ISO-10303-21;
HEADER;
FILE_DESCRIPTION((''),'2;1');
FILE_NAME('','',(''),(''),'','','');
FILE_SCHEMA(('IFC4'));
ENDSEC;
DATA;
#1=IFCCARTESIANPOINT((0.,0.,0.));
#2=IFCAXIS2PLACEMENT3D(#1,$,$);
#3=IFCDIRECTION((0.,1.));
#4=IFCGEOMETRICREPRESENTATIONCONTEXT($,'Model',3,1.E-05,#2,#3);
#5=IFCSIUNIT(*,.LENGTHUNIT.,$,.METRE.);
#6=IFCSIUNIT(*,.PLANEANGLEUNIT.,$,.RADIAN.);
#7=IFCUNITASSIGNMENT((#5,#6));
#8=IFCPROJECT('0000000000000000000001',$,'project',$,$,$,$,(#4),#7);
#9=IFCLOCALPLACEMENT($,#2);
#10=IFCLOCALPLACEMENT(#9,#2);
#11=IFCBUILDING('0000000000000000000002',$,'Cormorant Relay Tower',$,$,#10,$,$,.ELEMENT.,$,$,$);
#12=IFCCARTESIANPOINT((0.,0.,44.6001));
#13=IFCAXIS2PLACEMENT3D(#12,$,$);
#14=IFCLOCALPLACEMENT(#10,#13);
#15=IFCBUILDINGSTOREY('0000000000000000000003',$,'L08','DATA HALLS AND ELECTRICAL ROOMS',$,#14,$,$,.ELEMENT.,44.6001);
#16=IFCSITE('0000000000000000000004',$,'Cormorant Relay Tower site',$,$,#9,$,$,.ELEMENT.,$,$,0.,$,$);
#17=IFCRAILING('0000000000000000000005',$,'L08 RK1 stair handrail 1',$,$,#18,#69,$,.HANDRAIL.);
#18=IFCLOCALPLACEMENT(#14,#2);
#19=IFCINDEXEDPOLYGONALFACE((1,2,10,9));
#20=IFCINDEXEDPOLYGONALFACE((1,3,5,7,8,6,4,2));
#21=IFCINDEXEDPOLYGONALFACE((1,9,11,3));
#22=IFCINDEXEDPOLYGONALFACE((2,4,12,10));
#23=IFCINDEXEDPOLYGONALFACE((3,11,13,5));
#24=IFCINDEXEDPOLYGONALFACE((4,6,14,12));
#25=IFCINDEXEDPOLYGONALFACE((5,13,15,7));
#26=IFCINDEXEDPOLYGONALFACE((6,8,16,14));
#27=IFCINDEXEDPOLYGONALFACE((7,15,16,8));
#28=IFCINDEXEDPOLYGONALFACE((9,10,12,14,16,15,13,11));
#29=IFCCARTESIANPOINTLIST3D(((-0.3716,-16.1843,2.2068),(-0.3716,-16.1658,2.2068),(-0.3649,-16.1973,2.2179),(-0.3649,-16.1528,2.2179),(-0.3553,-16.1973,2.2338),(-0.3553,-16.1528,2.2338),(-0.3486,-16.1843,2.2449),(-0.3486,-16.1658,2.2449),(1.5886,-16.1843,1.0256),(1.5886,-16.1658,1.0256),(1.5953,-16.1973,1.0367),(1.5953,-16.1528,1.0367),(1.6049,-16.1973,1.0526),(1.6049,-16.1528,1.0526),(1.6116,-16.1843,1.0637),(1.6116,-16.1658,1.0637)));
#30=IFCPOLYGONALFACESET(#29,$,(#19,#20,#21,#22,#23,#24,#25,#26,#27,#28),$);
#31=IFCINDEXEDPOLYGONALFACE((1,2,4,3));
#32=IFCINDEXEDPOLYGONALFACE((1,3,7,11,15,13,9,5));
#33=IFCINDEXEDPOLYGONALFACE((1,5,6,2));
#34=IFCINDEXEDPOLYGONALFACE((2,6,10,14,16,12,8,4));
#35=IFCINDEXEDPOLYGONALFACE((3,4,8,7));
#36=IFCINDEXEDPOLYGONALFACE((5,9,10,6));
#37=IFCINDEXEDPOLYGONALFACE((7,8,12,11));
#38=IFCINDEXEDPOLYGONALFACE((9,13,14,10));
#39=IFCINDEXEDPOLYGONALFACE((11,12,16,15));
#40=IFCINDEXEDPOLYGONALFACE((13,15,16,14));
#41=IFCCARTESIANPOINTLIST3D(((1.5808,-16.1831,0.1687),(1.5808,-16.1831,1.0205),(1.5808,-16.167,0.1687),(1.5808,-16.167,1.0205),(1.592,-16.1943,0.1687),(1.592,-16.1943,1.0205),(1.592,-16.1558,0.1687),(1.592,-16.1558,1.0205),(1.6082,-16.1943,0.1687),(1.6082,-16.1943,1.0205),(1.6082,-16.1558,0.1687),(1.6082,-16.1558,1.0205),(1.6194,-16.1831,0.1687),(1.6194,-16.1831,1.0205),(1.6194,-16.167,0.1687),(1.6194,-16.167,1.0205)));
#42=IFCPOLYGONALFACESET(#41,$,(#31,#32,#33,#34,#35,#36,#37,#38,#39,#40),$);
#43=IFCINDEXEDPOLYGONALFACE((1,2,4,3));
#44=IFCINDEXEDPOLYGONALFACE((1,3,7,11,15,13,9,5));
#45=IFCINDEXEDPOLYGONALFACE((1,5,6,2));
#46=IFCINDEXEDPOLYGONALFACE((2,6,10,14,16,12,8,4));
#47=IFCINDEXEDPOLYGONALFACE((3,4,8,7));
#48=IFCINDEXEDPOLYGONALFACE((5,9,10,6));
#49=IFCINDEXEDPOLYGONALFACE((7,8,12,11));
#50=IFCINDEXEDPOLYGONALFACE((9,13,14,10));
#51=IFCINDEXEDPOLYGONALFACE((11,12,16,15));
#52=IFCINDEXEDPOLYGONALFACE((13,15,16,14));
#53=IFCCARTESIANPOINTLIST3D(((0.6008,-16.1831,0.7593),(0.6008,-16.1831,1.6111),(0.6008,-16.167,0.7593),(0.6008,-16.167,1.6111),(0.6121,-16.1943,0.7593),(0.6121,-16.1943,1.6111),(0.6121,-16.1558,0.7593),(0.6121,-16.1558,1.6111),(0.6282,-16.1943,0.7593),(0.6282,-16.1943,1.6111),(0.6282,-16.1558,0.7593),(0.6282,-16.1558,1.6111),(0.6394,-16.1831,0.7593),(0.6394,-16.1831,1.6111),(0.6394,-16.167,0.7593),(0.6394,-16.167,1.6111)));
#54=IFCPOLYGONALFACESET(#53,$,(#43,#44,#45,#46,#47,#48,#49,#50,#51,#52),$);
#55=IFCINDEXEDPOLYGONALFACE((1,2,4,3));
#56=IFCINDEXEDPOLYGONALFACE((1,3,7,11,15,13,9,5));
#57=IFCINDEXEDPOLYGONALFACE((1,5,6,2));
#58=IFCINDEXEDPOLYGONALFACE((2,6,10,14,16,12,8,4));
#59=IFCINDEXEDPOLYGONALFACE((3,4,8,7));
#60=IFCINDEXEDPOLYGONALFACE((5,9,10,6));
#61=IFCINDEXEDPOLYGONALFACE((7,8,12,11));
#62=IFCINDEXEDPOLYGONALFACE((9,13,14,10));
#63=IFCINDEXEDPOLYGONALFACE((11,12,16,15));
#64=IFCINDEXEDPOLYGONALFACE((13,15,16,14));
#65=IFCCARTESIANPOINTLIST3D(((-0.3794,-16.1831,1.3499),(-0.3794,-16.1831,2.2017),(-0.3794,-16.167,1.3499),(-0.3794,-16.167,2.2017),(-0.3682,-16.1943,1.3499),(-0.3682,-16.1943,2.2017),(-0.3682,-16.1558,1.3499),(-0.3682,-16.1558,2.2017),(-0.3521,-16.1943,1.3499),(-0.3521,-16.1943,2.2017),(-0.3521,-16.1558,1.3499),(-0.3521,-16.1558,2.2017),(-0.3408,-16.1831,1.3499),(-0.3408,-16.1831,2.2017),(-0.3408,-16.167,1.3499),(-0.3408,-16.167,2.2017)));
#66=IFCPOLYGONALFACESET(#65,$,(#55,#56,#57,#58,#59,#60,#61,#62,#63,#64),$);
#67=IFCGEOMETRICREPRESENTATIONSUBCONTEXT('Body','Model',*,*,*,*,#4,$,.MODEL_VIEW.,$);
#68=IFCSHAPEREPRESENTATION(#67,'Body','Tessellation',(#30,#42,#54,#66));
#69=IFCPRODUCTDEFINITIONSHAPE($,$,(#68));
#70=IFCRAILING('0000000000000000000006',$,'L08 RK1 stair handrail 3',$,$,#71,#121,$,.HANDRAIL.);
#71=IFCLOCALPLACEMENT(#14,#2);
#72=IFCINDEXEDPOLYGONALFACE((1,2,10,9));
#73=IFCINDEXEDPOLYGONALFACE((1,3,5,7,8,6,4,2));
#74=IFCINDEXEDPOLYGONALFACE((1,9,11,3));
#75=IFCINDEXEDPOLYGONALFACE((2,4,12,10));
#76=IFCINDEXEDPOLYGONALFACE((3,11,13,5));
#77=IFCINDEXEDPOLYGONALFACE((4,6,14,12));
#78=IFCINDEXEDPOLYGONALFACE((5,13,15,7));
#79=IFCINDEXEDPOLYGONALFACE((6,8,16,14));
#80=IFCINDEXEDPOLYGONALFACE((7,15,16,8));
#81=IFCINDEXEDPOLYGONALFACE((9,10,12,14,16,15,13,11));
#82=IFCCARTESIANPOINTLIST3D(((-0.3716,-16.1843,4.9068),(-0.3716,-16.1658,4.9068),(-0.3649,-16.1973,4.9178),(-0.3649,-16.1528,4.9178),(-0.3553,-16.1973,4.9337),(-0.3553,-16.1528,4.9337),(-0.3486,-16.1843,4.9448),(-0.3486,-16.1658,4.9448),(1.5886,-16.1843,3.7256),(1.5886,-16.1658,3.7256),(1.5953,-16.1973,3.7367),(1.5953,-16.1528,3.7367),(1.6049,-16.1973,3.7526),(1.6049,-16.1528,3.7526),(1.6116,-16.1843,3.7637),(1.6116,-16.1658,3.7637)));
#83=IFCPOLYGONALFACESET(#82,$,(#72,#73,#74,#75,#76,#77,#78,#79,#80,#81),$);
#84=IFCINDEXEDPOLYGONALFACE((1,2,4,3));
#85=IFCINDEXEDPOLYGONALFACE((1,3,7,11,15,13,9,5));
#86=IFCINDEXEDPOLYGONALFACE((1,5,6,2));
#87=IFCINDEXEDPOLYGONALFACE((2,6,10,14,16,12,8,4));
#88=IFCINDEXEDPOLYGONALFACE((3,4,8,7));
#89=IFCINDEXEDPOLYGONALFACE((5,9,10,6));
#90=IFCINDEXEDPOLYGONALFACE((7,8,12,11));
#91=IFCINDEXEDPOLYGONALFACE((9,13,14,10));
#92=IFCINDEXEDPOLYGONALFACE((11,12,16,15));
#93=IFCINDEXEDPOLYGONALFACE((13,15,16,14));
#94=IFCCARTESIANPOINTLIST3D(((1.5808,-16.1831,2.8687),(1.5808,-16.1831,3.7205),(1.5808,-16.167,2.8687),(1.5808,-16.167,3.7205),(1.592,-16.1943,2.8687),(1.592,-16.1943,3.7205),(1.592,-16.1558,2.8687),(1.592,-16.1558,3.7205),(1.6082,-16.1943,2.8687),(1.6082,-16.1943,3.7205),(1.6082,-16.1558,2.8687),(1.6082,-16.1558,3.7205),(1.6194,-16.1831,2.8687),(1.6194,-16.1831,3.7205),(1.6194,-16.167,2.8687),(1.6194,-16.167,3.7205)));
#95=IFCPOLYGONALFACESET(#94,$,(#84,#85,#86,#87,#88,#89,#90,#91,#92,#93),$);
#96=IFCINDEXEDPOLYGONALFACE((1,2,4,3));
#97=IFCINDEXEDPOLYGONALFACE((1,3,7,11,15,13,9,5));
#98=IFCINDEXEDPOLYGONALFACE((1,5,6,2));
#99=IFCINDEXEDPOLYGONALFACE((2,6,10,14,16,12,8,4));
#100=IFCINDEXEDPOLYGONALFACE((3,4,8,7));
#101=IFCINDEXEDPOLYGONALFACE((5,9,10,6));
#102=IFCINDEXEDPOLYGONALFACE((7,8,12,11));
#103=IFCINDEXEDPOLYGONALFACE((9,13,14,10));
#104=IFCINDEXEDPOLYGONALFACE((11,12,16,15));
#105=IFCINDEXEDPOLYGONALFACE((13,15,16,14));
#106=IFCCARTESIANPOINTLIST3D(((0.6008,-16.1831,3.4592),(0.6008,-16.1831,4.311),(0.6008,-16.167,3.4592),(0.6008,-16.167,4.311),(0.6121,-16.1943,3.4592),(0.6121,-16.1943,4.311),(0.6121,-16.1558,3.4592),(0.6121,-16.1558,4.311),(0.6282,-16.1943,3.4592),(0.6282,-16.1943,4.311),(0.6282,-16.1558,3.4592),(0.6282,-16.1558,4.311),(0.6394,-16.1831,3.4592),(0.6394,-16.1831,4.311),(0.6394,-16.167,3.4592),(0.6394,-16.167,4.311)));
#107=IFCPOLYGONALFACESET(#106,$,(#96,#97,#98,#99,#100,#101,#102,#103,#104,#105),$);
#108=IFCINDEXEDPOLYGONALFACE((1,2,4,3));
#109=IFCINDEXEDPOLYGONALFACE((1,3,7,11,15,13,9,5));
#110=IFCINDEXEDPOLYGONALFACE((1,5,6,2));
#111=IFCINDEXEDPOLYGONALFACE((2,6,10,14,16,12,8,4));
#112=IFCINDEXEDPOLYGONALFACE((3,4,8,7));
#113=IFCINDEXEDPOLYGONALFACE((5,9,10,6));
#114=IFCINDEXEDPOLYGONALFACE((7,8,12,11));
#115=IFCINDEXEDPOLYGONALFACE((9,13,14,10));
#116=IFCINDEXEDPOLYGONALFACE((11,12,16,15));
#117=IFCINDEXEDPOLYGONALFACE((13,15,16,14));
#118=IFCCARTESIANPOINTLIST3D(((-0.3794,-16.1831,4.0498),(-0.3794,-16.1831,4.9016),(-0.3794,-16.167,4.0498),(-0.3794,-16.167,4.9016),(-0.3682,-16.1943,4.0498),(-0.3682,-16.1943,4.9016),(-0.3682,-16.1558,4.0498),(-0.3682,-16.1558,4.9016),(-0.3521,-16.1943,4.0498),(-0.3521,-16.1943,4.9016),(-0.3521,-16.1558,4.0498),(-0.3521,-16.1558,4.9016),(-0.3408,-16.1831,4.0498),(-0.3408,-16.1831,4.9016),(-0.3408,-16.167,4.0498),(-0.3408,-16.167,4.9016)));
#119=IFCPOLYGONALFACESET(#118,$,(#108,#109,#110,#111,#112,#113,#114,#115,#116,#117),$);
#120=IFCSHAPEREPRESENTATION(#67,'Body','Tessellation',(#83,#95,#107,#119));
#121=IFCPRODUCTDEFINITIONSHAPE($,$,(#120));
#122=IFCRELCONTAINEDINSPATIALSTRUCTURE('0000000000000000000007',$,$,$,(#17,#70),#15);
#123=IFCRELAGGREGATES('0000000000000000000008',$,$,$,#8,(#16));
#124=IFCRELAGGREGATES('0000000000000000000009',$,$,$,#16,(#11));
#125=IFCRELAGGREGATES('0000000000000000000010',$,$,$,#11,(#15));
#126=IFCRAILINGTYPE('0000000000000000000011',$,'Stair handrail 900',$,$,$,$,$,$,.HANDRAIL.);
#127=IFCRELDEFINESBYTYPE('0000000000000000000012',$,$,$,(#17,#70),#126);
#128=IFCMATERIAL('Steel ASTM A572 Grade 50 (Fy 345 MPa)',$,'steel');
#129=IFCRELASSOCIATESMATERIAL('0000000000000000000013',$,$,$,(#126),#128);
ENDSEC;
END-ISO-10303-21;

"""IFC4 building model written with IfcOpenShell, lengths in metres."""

from ifc_helpers import new_model, si_unit, direction, frame, origin, place, context, subcontext, project, spatial, polyline, outline, extrude, material, type_object, element, save


model = new_model("IFC4")

# Units and contexts
model_context = context("Model", 3, precision=1e-05, world=origin(), true_north=direction((0.0, 1.0)))
body_context = subcontext(model_context, "Body", "Model", "MODEL_VIEW")
ifc_project = project(units=[si_unit("LENGTHUNIT", "METRE"), si_unit("PLANEANGLEUNIT", "RADIAN")], contexts=[model_context])

# Site, building, storey
site_placement = place(None, origin())
site = spatial("IfcSite", under=ifc_project, at=site_placement, Name="Cormorant Relay Tower site", CompositionType="ELEMENT", RefElevation=0.0)
building_placement = place(site_placement, origin())
building = spatial("IfcBuilding", under=site, at=building_placement, Name="Cormorant Relay Tower", CompositionType="ELEMENT")
storey_placement = place(building_placement, frame((0.0, 0.0, 44.6001)))
storey = spatial("IfcBuildingStorey", under=building, at=storey_placement, Name="L08", Description="DATA HALLS AND ELECTRICAL ROOMS", CompositionType="ELEMENT", Elevation=44.6001)

# Railings
ifc_material_1 = material(Name="Steel ASTM A572 Grade 50 (Fy 345 MPa)", Category="steel")
railing_type_1 = type_object("IfcRailingType", Name="Stair handrail 900", PredefinedType="HANDRAIL", material=ifc_material_1)
for number, where, name in (
    (1, (1.6001, -16.175, 0.1687), "L08 RK1 stair handrail 1"),
    (2, (1.6001, -16.175, 2.8687), "L08 RK1 stair handrail 3"),
):
    element("IfcRailing", number, at=place(storey_placement, frame(where)), inside=storey, type_object=railing_type_1, Name=name, PredefinedType="HANDRAIL", context=body_context, shape_type="SweptSolid", body=[
        extrude(outline(polyline([(0.0222, 0.0093), (0.0093, 0.0222), (-0.0093, 0.0222), (-0.0222, 0.0093), (-0.0222, -0.0093), (-0.0093, -0.0222), (0.0093, -0.0222), (0.0222, -0.0093), (0.0222, 0.0093)])), frame((0.0, 0.0, 0.876), z_axis=(-0.856522, 0.0, 0.516111), x_axis=(0.0, -1.0, 0.0)), (0.0, 0.0, 1.0), 2.2886),
        extrude(outline(polyline([(0.0193, 0.0081), (0.0081, 0.0193), (-0.0081, 0.0193), (-0.0193, 0.0081), (-0.0193, -0.0081), (-0.0081, -0.0193), (0.0081, -0.0193), (0.0193, -0.0081), (0.0193, 0.0081)])), origin(), (0.0, 0.0, 1.0), 0.8518),
        extrude(outline(polyline([(0.0193, 0.0081), (0.0081, 0.0193), (-0.0081, 0.0193), (-0.0193, 0.0081), (-0.0193, -0.0081), (-0.0081, -0.0193), (0.0081, -0.0193), (0.0193, -0.0081), (0.0193, 0.0081)])), frame((-0.98, 0.0, 0.5906)), (0.0, 0.0, 1.0), 0.8518),
        extrude(outline(polyline([(0.0193, 0.0081), (0.0081, 0.0193), (-0.0081, 0.0193), (-0.0193, 0.0081), (-0.0193, -0.0081), (-0.0081, -0.0193), (0.0081, -0.0193), (0.0193, -0.0081), (0.0193, 0.0081)])), frame((-1.9602, 0.0, 1.1812)), (0.0, 0.0, 1.0), 0.8518),
    ])

save(model, "model.ifc")
